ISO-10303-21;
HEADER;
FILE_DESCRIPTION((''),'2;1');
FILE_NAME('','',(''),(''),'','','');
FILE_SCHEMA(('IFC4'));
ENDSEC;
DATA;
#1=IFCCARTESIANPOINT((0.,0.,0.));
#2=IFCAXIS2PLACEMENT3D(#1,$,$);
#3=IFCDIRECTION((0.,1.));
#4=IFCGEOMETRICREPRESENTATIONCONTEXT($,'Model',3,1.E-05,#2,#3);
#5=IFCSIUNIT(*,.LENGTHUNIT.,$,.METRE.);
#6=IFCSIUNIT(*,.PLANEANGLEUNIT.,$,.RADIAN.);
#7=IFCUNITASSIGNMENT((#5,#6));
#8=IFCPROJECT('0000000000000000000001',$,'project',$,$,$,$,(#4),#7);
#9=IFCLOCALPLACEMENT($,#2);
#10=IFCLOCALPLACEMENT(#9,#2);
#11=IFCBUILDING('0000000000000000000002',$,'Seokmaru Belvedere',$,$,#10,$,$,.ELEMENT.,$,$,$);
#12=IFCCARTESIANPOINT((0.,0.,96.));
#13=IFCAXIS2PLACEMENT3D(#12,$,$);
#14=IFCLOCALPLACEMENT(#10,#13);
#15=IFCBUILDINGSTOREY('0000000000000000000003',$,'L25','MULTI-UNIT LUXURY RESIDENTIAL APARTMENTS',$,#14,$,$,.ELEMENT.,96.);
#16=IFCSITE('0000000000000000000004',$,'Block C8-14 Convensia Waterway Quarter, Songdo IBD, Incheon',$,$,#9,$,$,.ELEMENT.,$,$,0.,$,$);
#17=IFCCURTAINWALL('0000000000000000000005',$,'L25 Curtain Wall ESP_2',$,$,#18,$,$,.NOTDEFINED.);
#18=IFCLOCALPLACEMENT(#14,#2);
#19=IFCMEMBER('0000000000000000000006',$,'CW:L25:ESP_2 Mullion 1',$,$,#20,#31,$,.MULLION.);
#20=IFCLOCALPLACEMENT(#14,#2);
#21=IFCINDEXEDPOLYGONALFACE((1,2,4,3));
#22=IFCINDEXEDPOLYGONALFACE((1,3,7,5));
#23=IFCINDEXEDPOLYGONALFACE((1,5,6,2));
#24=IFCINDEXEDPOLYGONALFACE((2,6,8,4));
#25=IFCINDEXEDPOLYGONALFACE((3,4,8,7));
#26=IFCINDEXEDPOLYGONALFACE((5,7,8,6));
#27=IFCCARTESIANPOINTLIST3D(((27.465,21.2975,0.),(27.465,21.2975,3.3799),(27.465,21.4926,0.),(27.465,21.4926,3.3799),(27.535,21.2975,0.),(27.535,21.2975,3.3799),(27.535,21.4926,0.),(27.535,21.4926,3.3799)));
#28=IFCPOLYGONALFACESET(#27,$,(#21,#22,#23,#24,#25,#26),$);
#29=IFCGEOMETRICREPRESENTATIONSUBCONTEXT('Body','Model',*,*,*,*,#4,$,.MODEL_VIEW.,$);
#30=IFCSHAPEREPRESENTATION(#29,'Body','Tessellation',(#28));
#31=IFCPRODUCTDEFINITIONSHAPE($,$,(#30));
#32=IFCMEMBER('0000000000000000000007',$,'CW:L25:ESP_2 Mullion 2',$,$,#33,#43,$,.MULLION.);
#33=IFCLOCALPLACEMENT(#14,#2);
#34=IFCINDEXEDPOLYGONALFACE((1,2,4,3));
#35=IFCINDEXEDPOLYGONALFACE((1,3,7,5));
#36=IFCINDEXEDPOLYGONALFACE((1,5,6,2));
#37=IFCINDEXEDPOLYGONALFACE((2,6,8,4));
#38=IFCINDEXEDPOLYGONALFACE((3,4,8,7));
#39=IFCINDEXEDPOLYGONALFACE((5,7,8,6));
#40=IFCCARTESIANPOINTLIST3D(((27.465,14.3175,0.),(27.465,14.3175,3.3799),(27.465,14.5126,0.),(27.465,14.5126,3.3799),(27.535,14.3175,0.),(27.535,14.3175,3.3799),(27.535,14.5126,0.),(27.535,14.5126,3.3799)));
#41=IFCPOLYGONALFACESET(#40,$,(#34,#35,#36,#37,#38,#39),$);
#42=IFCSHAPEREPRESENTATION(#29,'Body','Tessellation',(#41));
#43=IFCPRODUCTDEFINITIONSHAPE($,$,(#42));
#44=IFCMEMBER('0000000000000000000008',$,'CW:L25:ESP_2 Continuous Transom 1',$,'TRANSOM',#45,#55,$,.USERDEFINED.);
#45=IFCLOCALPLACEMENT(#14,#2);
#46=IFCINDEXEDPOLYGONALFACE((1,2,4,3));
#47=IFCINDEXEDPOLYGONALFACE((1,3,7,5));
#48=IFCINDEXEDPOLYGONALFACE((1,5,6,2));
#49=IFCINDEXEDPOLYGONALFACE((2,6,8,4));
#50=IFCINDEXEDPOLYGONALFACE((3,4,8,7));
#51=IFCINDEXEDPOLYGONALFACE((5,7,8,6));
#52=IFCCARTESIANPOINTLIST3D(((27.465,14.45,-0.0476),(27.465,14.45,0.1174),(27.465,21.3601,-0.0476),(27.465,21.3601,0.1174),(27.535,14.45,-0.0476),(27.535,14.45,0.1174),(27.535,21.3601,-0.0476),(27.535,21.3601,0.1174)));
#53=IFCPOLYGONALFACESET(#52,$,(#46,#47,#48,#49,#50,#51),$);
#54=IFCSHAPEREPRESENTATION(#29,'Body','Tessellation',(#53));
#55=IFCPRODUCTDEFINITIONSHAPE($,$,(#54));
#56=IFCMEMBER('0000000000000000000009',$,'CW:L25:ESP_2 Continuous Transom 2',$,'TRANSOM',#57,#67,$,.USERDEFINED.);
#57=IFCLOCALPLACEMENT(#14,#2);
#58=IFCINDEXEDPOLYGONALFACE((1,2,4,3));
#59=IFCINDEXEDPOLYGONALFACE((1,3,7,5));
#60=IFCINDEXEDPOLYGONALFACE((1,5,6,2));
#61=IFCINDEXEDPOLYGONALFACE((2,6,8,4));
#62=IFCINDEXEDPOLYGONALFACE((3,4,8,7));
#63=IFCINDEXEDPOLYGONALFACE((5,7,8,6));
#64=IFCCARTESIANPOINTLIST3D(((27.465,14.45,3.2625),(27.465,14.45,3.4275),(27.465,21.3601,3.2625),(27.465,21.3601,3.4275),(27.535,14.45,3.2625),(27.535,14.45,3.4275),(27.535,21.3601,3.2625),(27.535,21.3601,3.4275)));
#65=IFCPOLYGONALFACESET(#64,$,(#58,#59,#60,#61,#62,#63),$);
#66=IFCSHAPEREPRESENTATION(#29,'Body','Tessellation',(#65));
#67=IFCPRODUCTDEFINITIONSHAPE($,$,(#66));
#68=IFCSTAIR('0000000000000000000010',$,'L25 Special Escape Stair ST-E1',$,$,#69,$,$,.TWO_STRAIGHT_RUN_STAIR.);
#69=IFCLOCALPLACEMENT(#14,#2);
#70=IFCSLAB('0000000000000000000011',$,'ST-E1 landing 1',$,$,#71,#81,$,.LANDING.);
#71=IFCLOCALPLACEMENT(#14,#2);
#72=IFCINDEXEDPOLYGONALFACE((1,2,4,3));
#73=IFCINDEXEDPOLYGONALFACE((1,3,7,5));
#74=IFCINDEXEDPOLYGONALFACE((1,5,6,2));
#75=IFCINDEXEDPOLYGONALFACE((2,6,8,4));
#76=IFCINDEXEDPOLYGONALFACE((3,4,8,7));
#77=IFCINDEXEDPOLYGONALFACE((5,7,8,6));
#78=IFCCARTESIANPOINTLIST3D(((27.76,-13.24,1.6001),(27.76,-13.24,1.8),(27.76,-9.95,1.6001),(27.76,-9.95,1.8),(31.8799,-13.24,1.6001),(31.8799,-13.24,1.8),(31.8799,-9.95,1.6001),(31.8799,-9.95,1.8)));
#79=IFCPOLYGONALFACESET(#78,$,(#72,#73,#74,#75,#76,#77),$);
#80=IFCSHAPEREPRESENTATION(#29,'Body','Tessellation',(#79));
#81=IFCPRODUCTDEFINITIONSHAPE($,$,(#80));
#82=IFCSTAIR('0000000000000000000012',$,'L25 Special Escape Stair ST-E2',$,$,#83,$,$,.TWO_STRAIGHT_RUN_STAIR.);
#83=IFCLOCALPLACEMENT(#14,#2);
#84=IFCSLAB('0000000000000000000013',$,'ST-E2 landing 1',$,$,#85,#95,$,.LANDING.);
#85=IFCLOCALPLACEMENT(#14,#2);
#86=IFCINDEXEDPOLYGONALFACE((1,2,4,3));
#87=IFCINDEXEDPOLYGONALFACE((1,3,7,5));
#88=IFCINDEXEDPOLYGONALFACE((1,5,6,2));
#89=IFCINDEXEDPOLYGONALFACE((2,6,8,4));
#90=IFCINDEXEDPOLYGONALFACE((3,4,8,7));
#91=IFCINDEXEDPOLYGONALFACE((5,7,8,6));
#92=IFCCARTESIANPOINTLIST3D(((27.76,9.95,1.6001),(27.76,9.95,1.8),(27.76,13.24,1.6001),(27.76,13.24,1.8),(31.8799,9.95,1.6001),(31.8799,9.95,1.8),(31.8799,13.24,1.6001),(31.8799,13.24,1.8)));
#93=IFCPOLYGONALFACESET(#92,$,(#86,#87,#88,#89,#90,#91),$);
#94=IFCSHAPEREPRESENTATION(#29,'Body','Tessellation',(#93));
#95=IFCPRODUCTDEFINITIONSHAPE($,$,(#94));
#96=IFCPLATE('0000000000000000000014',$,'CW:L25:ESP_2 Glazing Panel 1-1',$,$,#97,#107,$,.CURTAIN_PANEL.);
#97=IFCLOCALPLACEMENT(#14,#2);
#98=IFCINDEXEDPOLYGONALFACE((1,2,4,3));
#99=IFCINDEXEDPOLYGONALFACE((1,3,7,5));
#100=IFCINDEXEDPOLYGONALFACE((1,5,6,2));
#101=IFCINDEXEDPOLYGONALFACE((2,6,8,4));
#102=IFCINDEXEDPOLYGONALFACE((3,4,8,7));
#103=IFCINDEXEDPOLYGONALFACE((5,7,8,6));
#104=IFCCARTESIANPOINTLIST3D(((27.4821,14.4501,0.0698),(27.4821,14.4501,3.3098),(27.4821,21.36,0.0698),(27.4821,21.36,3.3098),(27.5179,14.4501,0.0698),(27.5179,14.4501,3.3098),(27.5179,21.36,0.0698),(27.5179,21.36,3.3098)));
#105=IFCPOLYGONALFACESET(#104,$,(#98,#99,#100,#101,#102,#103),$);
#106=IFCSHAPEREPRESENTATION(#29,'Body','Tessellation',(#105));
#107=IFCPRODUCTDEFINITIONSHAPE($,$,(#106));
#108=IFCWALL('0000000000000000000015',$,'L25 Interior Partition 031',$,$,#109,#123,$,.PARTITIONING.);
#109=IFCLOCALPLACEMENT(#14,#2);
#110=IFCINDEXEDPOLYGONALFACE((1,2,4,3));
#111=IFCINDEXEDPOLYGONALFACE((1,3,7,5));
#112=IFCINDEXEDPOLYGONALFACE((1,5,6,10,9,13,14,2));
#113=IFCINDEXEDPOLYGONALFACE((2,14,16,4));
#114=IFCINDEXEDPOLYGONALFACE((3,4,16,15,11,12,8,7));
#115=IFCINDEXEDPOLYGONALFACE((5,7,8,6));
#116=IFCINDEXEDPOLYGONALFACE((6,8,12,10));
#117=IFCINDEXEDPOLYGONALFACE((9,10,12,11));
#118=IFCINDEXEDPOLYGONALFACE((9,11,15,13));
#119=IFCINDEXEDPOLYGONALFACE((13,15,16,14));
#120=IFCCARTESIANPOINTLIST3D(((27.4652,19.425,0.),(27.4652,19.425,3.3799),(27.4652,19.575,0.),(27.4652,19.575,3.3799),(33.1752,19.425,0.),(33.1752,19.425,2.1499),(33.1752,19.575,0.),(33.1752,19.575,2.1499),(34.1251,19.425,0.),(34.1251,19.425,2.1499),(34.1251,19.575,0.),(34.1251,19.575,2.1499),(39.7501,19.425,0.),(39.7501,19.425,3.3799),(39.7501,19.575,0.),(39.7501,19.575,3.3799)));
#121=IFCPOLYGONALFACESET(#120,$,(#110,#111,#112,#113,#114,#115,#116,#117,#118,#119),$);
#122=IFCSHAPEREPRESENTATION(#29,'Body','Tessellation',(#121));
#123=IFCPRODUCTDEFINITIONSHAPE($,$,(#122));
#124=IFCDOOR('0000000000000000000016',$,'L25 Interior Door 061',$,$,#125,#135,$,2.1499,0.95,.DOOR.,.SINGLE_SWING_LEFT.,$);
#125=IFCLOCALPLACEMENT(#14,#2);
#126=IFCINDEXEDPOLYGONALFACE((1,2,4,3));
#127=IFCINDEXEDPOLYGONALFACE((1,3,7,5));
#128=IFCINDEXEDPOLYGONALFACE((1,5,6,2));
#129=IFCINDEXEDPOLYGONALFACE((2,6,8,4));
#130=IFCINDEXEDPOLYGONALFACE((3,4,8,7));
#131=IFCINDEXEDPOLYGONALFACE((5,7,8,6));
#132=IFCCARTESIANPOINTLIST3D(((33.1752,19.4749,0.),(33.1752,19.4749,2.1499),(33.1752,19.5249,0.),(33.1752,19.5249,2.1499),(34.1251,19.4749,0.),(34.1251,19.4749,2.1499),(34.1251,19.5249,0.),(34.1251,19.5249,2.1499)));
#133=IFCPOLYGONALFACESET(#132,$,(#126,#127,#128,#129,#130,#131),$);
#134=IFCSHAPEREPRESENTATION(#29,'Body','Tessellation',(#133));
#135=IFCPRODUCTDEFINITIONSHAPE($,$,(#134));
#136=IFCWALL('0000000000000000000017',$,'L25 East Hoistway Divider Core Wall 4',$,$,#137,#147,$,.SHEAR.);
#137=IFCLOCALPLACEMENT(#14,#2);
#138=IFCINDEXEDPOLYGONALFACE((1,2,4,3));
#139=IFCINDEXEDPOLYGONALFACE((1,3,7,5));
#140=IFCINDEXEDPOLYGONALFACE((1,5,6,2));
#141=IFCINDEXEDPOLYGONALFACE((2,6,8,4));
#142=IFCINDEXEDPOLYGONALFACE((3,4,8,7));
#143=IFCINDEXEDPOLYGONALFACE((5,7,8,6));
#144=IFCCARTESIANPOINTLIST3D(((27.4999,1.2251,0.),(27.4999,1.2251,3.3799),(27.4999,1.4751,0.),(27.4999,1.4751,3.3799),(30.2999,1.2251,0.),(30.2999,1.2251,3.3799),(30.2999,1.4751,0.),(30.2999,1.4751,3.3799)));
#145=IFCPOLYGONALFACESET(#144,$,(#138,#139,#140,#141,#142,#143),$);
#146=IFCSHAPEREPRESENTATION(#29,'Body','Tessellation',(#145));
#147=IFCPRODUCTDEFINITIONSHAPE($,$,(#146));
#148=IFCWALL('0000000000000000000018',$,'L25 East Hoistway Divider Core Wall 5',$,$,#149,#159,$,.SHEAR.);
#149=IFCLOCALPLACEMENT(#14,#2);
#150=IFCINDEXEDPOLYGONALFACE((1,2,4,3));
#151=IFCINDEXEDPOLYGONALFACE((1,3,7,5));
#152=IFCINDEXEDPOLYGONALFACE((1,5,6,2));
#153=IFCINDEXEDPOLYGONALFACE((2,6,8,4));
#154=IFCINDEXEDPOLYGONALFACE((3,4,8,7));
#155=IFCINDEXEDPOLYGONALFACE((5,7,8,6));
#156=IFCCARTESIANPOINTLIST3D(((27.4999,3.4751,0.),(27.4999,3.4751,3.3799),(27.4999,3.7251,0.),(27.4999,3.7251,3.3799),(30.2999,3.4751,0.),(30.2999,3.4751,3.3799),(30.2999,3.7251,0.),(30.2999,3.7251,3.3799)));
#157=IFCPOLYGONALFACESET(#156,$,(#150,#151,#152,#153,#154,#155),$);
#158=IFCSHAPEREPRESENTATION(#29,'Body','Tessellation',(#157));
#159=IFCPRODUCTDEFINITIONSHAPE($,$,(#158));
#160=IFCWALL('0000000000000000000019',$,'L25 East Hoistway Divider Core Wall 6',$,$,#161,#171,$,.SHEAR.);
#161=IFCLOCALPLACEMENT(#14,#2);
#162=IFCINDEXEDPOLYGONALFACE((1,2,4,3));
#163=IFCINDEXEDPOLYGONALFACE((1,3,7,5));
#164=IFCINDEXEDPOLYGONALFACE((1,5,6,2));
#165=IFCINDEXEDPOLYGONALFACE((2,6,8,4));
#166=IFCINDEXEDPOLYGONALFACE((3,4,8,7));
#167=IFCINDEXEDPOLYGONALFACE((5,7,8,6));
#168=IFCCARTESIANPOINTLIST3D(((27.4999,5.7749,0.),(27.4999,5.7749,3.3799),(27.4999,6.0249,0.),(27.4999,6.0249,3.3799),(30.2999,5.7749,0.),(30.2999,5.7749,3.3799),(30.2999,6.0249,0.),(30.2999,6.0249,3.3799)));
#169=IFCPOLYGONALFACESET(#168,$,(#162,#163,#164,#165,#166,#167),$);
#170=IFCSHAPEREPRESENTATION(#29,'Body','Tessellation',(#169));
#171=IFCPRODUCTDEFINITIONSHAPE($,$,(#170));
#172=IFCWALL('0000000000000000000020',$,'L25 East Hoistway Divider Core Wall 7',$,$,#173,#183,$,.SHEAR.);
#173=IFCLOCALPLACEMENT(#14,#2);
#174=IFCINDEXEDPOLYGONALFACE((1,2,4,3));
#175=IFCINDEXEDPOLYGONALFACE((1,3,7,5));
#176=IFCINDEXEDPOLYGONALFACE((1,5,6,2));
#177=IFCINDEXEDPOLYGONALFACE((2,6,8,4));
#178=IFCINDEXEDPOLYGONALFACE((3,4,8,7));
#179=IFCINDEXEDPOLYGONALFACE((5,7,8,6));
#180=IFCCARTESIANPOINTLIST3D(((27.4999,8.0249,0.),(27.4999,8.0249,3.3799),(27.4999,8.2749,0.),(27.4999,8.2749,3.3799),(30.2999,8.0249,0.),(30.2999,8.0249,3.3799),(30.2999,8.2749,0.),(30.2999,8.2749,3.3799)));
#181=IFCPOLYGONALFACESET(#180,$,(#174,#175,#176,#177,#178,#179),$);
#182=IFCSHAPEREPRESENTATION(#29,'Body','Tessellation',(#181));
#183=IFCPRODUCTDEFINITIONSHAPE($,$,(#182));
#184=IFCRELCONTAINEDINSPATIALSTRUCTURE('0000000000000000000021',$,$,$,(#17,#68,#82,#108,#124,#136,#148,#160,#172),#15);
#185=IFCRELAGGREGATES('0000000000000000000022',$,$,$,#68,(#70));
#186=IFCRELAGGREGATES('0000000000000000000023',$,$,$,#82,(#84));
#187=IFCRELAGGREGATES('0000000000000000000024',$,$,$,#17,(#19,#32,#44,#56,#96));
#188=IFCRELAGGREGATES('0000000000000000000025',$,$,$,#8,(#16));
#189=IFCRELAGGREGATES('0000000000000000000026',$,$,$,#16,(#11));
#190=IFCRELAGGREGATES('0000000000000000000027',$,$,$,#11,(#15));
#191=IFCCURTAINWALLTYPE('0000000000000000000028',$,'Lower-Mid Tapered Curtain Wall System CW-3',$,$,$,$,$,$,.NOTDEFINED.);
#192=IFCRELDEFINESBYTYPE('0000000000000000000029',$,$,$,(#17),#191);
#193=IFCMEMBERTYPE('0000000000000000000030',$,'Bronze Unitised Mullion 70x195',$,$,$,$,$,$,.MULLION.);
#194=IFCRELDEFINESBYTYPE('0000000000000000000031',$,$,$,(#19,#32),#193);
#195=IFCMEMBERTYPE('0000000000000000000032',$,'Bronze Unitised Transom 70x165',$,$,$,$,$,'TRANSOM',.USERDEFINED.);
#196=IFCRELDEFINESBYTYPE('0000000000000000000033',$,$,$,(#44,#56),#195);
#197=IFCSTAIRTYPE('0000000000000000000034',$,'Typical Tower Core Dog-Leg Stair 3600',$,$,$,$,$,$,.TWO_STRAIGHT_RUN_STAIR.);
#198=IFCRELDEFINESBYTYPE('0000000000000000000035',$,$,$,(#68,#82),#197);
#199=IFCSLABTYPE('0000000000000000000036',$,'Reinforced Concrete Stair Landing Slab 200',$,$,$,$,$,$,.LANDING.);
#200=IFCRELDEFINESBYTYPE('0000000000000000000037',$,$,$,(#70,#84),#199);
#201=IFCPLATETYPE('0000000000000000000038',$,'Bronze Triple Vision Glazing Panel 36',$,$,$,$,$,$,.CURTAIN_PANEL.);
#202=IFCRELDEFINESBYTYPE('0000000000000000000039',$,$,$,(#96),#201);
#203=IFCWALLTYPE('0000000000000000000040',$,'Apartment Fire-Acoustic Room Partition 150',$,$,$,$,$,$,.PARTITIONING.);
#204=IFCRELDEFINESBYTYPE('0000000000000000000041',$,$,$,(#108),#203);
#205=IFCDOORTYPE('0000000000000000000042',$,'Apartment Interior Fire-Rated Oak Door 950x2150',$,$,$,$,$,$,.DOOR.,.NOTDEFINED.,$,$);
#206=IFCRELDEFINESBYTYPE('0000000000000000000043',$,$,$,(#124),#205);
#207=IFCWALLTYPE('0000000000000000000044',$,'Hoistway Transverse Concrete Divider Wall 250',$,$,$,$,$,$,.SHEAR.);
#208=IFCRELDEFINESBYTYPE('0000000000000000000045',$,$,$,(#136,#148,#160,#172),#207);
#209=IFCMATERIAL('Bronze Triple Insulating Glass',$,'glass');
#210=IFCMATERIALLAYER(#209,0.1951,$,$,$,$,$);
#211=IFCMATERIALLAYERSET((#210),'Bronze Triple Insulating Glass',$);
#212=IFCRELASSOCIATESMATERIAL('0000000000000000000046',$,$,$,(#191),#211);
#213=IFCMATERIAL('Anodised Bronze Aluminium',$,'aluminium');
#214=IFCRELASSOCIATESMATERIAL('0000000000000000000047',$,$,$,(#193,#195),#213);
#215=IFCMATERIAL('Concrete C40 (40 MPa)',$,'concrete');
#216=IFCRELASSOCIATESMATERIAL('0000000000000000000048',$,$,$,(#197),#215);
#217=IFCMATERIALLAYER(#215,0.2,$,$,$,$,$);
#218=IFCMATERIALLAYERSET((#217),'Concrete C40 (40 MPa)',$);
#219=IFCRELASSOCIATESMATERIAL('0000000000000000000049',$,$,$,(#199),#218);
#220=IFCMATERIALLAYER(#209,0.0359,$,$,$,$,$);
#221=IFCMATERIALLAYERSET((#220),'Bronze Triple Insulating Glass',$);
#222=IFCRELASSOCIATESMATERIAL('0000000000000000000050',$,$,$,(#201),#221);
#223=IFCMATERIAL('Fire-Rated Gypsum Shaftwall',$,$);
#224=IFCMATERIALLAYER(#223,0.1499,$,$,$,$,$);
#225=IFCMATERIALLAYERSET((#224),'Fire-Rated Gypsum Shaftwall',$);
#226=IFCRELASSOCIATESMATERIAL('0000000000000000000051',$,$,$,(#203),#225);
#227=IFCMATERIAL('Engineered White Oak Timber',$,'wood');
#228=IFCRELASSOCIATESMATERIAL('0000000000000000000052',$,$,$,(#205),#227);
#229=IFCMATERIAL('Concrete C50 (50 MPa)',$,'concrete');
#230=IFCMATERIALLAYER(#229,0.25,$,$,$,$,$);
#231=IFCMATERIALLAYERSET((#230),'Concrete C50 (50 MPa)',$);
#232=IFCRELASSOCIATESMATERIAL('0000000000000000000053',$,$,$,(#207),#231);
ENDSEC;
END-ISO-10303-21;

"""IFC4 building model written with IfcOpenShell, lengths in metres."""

from ifc_helpers import new_model, si_unit, direction, frame, frame_2d, origin, origin_2d, place, context, subcontext, project, spatial, polyline, rectangle, outline, extrude, source, transform, mapped, material, layer, layer_set, material_profile, profile_set, type_object, type_shapes, element, fill, aggregate, save


model = new_model("IFC4")

# Units and contexts
model_context = context("Model", 3, precision=1e-05, world=origin(), true_north=direction((0.0, 1.0)))
body_context = subcontext(model_context, "Body", "Model", "MODEL_VIEW")
ifc_project = project(units=[si_unit("LENGTHUNIT", "METRE"), si_unit("PLANEANGLEUNIT", "RADIAN")], contexts=[model_context])

# Site, building, storey
site_placement = place(None, origin())
site = spatial("IfcSite", under=ifc_project, at=site_placement, Name="Block C8-14 Convensia Waterway Quarter, Songdo IBD, Incheon", CompositionType="ELEMENT", RefElevation=0.0)
building_placement = place(site_placement, origin())
building = spatial("IfcBuilding", under=site, at=building_placement, Name="Seokmaru Belvedere", CompositionType="ELEMENT")
storey_placement = place(building_placement, frame((0.0, 0.0, 96.0)))
storey = spatial("IfcBuildingStorey", under=building, at=storey_placement, Name="L25", Description="MULTI-UNIT LUXURY RESIDENTIAL APARTMENTS", CompositionType="ELEMENT", Elevation=96.0)

# Curtain wall, members
ifc_material_1 = material(Name="Bronze Triple Insulating Glass", Category="glass")
ifc_layer_1 = layer(ifc_material_1, 0.1951)
ifc_layer_set_1 = layer_set([ifc_layer_1], Name="Bronze Triple Insulating Glass")
curtain_wall_type = type_object("IfcCurtainWallType", Name="Lower-Mid Tapered Curtain Wall System CW-3", PredefinedType="NOTDEFINED", material=ifc_layer_set_1)
curtain_wall_placement = place(storey_placement, origin())
curtain_wall = element("IfcCurtainWall", 1, at=curtain_wall_placement, inside=storey, type_object=curtain_wall_type, Name="L25 Curtain Wall ESP_2", PredefinedType="NOTDEFINED")
ifc_material_2 = material(Name="Anodised Bronze Aluminium", Category="aluminium")
ifc_material_profile_1 = material_profile(ifc_material_2, rectangle(XDim=0.0701, YDim=0.1951, at=origin_2d()), Name="CW-M-70x195")
ifc_profile_set_1 = profile_set([ifc_material_profile_1], Name="Anodised Bronze Aluminium")
member_type_1 = type_object("IfcMemberType", Name="Bronze Unitised Mullion 70x195", PredefinedType="MULLION", material=ifc_profile_set_1)
shared_shape_1 = source(origin(), body_context, "Body", "SweptSolid", [
    extrude(rectangle(XDim=0.0701, YDim=0.1951, at=origin_2d()), origin(), (0.0, 0.0, 1.0), 3.3799),
])
type_shapes(member_type_1, [shared_shape_1])
member_1_placement = place(storey_placement, frame((27.5, 21.395, 0.0), z_axis=(0.0, 0.0, 1.0), x_axis=(1.0, 0.0, 0.0)))
member_1 = element("IfcMember", 2, at=member_1_placement, type_object=member_type_1, Name="CW:L25:ESP_2 Mullion 1", PredefinedType="MULLION", context=body_context, shape_type="MappedRepresentation", body=[
    mapped(shared_shape_1, transform((0.0, 0.0, 0.0), scale=1.0)),
])
member_2_placement = place(storey_placement, frame((27.5, 14.415, 0.0), z_axis=(0.0, 0.0, 1.0), x_axis=(1.0, 0.0, 0.0)))
member_2 = element("IfcMember", 3, at=member_2_placement, type_object=member_type_1, Name="CW:L25:ESP_2 Mullion 2", PredefinedType="MULLION", context=body_context, shape_type="MappedRepresentation", body=[
    mapped(shared_shape_1, transform((0.0, 0.0, 0.0), scale=1.0)),
])
ifc_material_profile_2 = material_profile(ifc_material_2, rectangle(XDim=0.0701, YDim=0.165, at=origin_2d()), Name="CW-T-70x165")
ifc_profile_set_2 = profile_set([ifc_material_profile_2], Name="Anodised Bronze Aluminium")
member_type_2 = type_object("IfcMemberType", Name="Bronze Unitised Transom 70x165", ElementType="TRANSOM", PredefinedType="USERDEFINED", material=ifc_profile_set_2)
shared_shape_2 = source(origin(), body_context, "Body", "SweptSolid", [
    extrude(rectangle(XDim=0.0701, YDim=0.165, at=origin_2d()), origin(), (0.0, 0.0, 1.0), 6.9102),
])
type_shapes(member_type_2, [shared_shape_2])
member_3_placement = place(storey_placement, frame((27.5, 21.3601, 0.0349), z_axis=(0.0, -1.0, 0.0), x_axis=(1.0, 0.0, 0.0)))
member_3 = element("IfcMember", 4, at=member_3_placement, type_object=member_type_2, Name="CW:L25:ESP_2 Continuous Transom 1", ObjectType="TRANSOM", PredefinedType="USERDEFINED", context=body_context, shape_type="MappedRepresentation", body=[
    mapped(shared_shape_2, transform((0.0, 0.0, 0.0), scale=1.0)),
])
member_4_placement = place(storey_placement, frame((27.5, 21.3601, 3.345), z_axis=(0.0, -1.0, 0.0), x_axis=(1.0, 0.0, 0.0)))
member_4 = element("IfcMember", 5, at=member_4_placement, type_object=member_type_2, Name="CW:L25:ESP_2 Continuous Transom 2", ObjectType="TRANSOM", PredefinedType="USERDEFINED", context=body_context, shape_type="MappedRepresentation", body=[
    mapped(shared_shape_2, transform((0.0, 0.0, 0.0), scale=1.0)),
])

# Stairs, slabs
ifc_material_3 = material(Name="Concrete C40 (40 MPa)", Category="concrete")
stair_type = type_object("IfcStairType", Name="Typical Tower Core Dog-Leg Stair 3600", PredefinedType="TWO_STRAIGHT_RUN_STAIR", material=ifc_material_3)
stair_1_placement = place(storey_placement, origin())
stair_1 = element("IfcStair", 6, at=stair_1_placement, inside=storey, type_object=stair_type, Name="L25 Special Escape Stair ST-E1", PredefinedType="TWO_STRAIGHT_RUN_STAIR")
ifc_layer_2 = layer(ifc_material_3, 0.2)
ifc_layer_set_2 = layer_set([ifc_layer_2], Name="Concrete C40 (40 MPa)")
slab_type = type_object("IfcSlabType", Name="Reinforced Concrete Stair Landing Slab 200", PredefinedType="LANDING", material=ifc_layer_set_2)
slab_1_placement = place(storey_placement, frame((0.0, 0.0, 1.6001)))
slab_1 = element("IfcSlab", 7, at=slab_1_placement, type_object=slab_type, Name="ST-E1 landing 1", PredefinedType="LANDING", context=body_context, shape_type="SweptSolid", body=[
    extrude(outline(polyline([(27.76, -13.24), (31.8799, -13.24), (31.8799, -9.95), (27.76, -9.95), (27.76, -13.24)])), origin(), (0.0, 0.0, 1.0), 0.2),
])
aggregate(stair_1, [slab_1])
stair_2_placement = place(storey_placement, origin())
stair_2 = element("IfcStair", 8, at=stair_2_placement, inside=storey, type_object=stair_type, Name="L25 Special Escape Stair ST-E2", PredefinedType="TWO_STRAIGHT_RUN_STAIR")
slab_2_placement = place(storey_placement, frame((0.0, 0.0, 1.6001)))
slab_2 = element("IfcSlab", 9, at=slab_2_placement, type_object=slab_type, Name="ST-E2 landing 1", PredefinedType="LANDING", context=body_context, shape_type="SweptSolid", body=[
    extrude(outline(polyline([(27.76, 9.95), (31.8799, 9.95), (31.8799, 13.24), (27.76, 13.24), (27.76, 9.95)])), origin(), (0.0, 0.0, 1.0), 0.2),
])
aggregate(stair_2, [slab_2])

# Plate
ifc_layer_3 = layer(ifc_material_1, 0.0359)
ifc_layer_set_3 = layer_set([ifc_layer_3], Name="Bronze Triple Insulating Glass")
plate_type = type_object("IfcPlateType", Name="Bronze Triple Vision Glazing Panel 36", PredefinedType="CURTAIN_PANEL", material=ifc_layer_set_3)
shared_shape_3 = source(origin(), body_context, "Body", "SweptSolid", [
    extrude(rectangle(XDim=6.9099, YDim=0.0359, at=origin_2d()), origin(), (0.0, 0.0, 1.0), 3.24),
])
type_shapes(plate_type, [shared_shape_3])
plate_placement = place(storey_placement, frame((27.5, 17.905, 0.0698), z_axis=(0.0, 0.0, 1.0), x_axis=(0.0, -1.0, 0.0)))
plate = element("IfcPlate", 10, at=plate_placement, type_object=plate_type, Name="CW:L25:ESP_2 Glazing Panel 1-1", PredefinedType="CURTAIN_PANEL", context=body_context, shape_type="MappedRepresentation", body=[
    mapped(shared_shape_3, transform((0.0, 0.0, 0.0), scale=1.0)),
])
aggregate(curtain_wall, [member_1, member_2, member_3, member_4, plate])

# Wall, opening, door
ifc_material_4 = material(Name="Fire-Rated Gypsum Shaftwall")
ifc_layer_4 = layer(ifc_material_4, 0.1499)
ifc_layer_set_4 = layer_set([ifc_layer_4], Name="Fire-Rated Gypsum Shaftwall")
wall_type_1 = type_object("IfcWallType", Name="Apartment Fire-Acoustic Room Partition 150", PredefinedType="PARTITIONING", material=ifc_layer_set_4)
wall_1_placement = place(storey_placement, frame((27.4651, 19.5, 0.0), z_axis=(0.0, 0.0, 1.0), x_axis=(1.0, 0.0, 0.0)))
wall_1 = element("IfcWall", 11, at=wall_1_placement, inside=storey, type_object=wall_type_1, Name="L25 Interior Partition 031", PredefinedType="PARTITIONING", context=body_context, shape_type="SweptSolid", body=[
    extrude(rectangle(XDim=12.2849, YDim=0.1499, at=frame_2d((6.1426, 0.0))), origin(), (0.0, 0.0, 1.0), 3.3799),
])
opening_1_placement = place(wall_1_placement, frame((5.71, 0.0, 0.0)))
opening_1 = element("IfcOpeningElement", 12, at=opening_1_placement, cuts=wall_1, PredefinedType="OPENING", context=body_context, shape_type="SweptSolid", body=[
    extrude(rectangle(XDim=0.95, YDim=2.1499, at=frame_2d((0.4751, 1.075))), frame((0.0, 0.085, 0.0), z_axis=(0.0, -1.0, 0.0), x_axis=(1.0, 0.0, 0.0)), (0.0, 0.0, 1.0), 0.1699),
])
ifc_material_5 = material(Name="Engineered White Oak Timber", Category="wood")
door_type_1 = type_object("IfcDoorType", Name="Apartment Interior Fire-Rated Oak Door 950x2150", OperationType="NOTDEFINED", PredefinedType="DOOR", material=ifc_material_5)
shared_shape_4 = source(origin(), body_context, "Body", "SweptSolid", [
    extrude(rectangle(XDim=0.95, YDim=2.1499, at=frame_2d((0.4751, 1.075))), frame((0.0, 0.0249, 0.0), z_axis=(0.0, -1.0, 0.0), x_axis=(1.0, 0.0, 0.0)), (0.0, 0.0, 1.0), 0.05),
])
type_shapes(door_type_1, [shared_shape_4])
door_1_placement = place(opening_1_placement, origin())
door_1 = element("IfcDoor", 13, at=door_1_placement, inside=storey, type_object=door_type_1, Name="L25 Interior Door 061", OperationType="SINGLE_SWING_LEFT", OverallHeight=2.1499, OverallWidth=0.95, PredefinedType="DOOR", context=body_context, shape_type="MappedRepresentation", body=[
    mapped(shared_shape_4, transform((0.0, 0.0, 0.0), scale=1.0)),
])
fill(opening_1, door_1)

# Walls
ifc_material_6 = material(Name="Concrete C50 (50 MPa)", Category="concrete")
ifc_layer_5 = layer(ifc_material_6, 0.25)
ifc_layer_set_5 = layer_set([ifc_layer_5], Name="Concrete C50 (50 MPa)")
wall_type_2 = type_object("IfcWallType", Name="Hoistway Transverse Concrete Divider Wall 250", PredefinedType="SHEAR", material=ifc_layer_set_5)
for number, where, z_axis, x_axis, name in (
    (14, (27.5, 1.3501, 0.0), (0.0, 0.0, 1.0), (1.0, 0.0, 0.0), "L25 East Hoistway Divider Core Wall 4"),
    (15, (27.5, 3.6001, 0.0), (0.0, 0.0, 1.0), (1.0, 0.0, 0.0), "L25 East Hoistway Divider Core Wall 5"),
    (16, (27.5, 5.8999, 0.0), (0.0, 0.0, 1.0), (1.0, 0.0, 0.0), "L25 East Hoistway Divider Core Wall 6"),
    (17, (27.5, 8.1499, 0.0), (0.0, 0.0, 1.0), (1.0, 0.0, 0.0), "L25 East Hoistway Divider Core Wall 7"),
):
    element("IfcWall", number, at=place(storey_placement, frame(where, z_axis=z_axis, x_axis=x_axis)), inside=storey, type_object=wall_type_2, Name=name, PredefinedType="SHEAR", context=body_context, shape_type="SweptSolid", body=[
        extrude(rectangle(XDim=2.8, YDim=0.25, at=frame_2d((1.3999, 0.0))), origin(), (0.0, 0.0, 1.0), 3.3799),
    ])

save(model, "model.ifc")
